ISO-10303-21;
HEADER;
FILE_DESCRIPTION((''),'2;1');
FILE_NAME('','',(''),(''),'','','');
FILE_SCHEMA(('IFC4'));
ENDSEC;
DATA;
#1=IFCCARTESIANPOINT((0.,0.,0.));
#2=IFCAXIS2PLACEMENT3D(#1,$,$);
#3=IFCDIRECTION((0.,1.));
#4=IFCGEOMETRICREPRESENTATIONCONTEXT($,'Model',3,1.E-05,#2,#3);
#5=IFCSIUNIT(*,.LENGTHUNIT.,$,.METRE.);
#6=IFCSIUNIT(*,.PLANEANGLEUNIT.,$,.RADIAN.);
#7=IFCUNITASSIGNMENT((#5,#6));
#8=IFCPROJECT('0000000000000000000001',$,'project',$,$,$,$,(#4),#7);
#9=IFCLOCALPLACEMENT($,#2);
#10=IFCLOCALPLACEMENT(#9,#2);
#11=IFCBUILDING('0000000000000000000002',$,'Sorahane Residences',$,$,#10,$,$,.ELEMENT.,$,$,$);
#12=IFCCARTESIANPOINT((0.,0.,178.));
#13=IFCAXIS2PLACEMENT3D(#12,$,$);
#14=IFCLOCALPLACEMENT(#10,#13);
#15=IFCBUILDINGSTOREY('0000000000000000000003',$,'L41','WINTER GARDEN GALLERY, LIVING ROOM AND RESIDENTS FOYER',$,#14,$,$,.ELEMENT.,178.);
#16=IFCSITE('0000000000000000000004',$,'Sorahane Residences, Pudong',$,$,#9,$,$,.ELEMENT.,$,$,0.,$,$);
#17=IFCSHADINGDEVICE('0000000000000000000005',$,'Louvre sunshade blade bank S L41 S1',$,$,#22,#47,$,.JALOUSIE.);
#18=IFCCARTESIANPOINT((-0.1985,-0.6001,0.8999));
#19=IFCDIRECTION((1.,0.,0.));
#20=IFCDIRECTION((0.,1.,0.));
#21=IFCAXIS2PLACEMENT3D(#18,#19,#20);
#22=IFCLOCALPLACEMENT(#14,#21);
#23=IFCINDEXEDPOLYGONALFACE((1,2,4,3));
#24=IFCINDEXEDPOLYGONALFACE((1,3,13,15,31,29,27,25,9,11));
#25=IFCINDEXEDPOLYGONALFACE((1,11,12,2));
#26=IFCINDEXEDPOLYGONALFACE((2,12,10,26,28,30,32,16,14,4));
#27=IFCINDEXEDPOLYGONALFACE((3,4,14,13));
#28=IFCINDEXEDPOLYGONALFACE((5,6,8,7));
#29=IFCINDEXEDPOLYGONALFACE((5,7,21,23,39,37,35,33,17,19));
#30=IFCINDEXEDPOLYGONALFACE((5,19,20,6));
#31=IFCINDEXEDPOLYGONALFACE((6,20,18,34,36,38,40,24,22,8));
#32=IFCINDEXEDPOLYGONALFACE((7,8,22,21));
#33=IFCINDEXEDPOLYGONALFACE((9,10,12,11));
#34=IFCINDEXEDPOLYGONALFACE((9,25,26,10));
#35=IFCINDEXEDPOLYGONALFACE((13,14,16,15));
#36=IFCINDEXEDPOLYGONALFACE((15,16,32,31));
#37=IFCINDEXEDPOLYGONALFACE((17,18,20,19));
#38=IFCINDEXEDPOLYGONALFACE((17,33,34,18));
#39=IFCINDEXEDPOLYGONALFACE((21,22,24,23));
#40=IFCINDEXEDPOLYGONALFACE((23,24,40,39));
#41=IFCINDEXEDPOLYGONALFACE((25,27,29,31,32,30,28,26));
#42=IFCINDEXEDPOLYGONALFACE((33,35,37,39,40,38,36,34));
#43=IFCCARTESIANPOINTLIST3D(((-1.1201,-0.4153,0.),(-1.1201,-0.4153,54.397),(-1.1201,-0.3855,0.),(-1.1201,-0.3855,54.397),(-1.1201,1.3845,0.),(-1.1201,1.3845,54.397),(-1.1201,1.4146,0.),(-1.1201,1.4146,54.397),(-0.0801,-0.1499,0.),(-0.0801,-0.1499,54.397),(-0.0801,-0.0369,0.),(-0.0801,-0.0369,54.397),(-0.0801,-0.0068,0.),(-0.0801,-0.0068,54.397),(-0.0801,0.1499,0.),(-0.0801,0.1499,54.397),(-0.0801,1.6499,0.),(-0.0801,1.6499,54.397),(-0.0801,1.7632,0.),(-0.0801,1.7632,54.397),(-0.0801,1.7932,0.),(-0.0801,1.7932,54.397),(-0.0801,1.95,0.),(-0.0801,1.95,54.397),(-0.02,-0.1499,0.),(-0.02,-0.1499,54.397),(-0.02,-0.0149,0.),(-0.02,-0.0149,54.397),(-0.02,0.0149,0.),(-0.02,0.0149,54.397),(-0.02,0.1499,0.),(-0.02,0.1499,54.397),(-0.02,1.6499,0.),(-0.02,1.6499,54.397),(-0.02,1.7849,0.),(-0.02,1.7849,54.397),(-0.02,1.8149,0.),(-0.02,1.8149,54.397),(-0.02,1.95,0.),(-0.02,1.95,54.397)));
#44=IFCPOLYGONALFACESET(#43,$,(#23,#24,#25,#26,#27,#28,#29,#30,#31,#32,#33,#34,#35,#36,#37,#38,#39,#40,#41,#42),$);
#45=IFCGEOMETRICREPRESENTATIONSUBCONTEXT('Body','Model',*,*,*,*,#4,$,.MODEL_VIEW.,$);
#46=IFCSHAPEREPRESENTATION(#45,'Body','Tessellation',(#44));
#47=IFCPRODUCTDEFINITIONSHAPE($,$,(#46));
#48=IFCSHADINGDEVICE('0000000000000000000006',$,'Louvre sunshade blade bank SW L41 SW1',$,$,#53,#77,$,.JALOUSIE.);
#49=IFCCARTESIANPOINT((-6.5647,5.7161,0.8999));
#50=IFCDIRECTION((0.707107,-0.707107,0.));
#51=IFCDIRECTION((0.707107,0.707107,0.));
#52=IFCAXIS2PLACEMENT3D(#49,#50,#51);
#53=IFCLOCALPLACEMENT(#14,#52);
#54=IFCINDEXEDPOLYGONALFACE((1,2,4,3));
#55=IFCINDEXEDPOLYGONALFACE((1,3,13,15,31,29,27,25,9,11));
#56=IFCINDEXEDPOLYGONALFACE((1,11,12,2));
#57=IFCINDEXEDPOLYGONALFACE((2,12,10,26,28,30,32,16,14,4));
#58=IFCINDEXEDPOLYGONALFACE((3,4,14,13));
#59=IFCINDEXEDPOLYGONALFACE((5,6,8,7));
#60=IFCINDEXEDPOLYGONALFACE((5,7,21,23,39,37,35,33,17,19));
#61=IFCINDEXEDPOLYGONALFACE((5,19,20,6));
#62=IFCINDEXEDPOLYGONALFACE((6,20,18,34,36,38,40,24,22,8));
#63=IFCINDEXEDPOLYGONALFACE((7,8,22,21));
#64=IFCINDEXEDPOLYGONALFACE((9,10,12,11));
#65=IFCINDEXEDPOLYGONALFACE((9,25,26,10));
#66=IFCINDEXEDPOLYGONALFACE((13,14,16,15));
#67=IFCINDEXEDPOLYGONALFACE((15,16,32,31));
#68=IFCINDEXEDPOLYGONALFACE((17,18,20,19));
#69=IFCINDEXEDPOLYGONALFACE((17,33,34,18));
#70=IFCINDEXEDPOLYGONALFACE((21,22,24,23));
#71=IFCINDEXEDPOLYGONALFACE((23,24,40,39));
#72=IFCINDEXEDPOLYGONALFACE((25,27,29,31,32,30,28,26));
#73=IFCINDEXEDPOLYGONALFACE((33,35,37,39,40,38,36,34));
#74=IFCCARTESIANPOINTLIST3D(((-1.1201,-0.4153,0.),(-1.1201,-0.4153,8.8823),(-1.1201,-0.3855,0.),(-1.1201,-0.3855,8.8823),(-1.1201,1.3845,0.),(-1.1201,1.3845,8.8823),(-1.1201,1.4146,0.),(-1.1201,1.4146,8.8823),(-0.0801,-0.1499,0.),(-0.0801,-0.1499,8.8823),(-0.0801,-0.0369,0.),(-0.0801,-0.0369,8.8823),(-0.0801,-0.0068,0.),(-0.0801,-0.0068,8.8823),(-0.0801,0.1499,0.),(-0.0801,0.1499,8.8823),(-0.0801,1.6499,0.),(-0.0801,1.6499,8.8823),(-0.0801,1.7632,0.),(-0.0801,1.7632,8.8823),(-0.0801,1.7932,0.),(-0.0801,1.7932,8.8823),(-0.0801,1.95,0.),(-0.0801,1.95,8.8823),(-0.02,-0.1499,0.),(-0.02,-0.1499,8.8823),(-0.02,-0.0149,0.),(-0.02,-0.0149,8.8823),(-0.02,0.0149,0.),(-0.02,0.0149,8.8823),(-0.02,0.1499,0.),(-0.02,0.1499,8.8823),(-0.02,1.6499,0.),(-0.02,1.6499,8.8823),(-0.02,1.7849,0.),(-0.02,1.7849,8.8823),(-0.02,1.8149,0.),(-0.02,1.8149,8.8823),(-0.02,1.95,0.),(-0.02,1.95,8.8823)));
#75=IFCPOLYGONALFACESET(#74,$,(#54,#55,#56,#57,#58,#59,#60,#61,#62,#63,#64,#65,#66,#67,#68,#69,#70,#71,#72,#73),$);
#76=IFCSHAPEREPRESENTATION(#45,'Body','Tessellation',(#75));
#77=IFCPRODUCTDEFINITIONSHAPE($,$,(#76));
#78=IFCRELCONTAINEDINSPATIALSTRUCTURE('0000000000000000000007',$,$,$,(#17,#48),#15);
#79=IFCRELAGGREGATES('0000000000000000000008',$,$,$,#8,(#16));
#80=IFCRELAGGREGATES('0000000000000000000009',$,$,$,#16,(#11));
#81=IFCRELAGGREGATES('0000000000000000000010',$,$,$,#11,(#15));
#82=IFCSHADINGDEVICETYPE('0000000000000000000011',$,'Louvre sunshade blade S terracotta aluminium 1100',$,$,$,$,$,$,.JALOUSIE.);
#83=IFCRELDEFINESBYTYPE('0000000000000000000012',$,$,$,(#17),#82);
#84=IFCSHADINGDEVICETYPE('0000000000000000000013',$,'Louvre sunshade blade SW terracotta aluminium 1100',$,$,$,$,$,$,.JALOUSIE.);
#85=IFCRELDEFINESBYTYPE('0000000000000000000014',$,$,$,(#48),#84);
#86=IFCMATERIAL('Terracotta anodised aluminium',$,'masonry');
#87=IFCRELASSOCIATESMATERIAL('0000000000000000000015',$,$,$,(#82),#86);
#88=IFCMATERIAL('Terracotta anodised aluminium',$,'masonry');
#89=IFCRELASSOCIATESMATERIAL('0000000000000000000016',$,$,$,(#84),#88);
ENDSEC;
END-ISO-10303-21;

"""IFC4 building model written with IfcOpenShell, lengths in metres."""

from ifc_helpers import new_model, si_unit, direction, frame, origin, place, context, subcontext, project, spatial, polyline, outline, composite_profile, extrude, material, type_object, element, save


model = new_model("IFC4")

# Units and contexts
model_context = context("Model", 3, precision=1e-05, world=origin(), true_north=direction((0.0, 1.0)))
body_context = subcontext(model_context, "Body", "Model", "MODEL_VIEW")
ifc_project = project(units=[si_unit("LENGTHUNIT", "METRE"), si_unit("PLANEANGLEUNIT", "RADIAN")], contexts=[model_context])

# Site, building, storey
site_placement = place(None, origin())
site = spatial("IfcSite", under=ifc_project, at=site_placement, Name="Sorahane Residences, Pudong", CompositionType="ELEMENT", RefElevation=0.0)
building_placement = place(site_placement, origin())
building = spatial("IfcBuilding", under=site, at=building_placement, Name="Sorahane Residences", CompositionType="ELEMENT")
storey_placement = place(building_placement, frame((0.0, 0.0, 178.0)))
storey = spatial("IfcBuildingStorey", under=building, at=storey_placement, Name="L41", Description="WINTER GARDEN GALLERY, LIVING ROOM AND RESIDENTS FOYER", CompositionType="ELEMENT", Elevation=178.0)

# Shading devices
ifc_material_1 = material(Name="Terracotta anodised aluminium", Category="masonry")
shading_device_type_1 = type_object("IfcShadingDeviceType", Name="Louvre sunshade blade S terracotta aluminium 1100", PredefinedType="JALOUSIE", material=ifc_material_1)
shading_device_1_placement = place(storey_placement, frame((-0.1985, -0.6001, 0.8999), z_axis=(1.0, 0.0, 0.0), x_axis=(0.0, 1.0, 0.0)))
element("IfcShadingDevice", 1, at=shading_device_1_placement, inside=storey, type_object=shading_device_type_1, Name="Louvre sunshade blade bank S L41 S1", PredefinedType="JALOUSIE", context=body_context, shape_type="SweptSolid", body=[
    extrude(composite_profile([outline(polyline([(-1.1201, -0.3855), (-1.1201, -0.4153), (-0.0801, -0.0369), (-0.0801, -0.1499), (-0.02, -0.1499), (-0.02, -0.0149), (-0.02, 0.0149), (-0.02, 0.1499), (-0.0801, 0.1499), (-0.0801, -0.0068), (-1.1201, -0.3855)])), outline(polyline([(-1.1201, 1.4146), (-1.1201, 1.3845), (-0.0801, 1.7632), (-0.0801, 1.6499), (-0.02, 1.6499), (-0.02, 1.7849), (-0.02, 1.8149), (-0.02, 1.95), (-0.0801, 1.95), (-0.0801, 1.7932), (-1.1201, 1.4146)]))]), origin(), (0.0, 0.0, 1.0), 54.397),
])
ifc_material_2 = material(Name="Terracotta anodised aluminium", Category="masonry")
shading_device_type_2 = type_object("IfcShadingDeviceType", Name="Louvre sunshade blade SW terracotta aluminium 1100", PredefinedType="JALOUSIE", material=ifc_material_2)
shading_device_2_placement = place(storey_placement, frame((-6.5647, 5.7161, 0.8999), z_axis=(0.707107, -0.707107, 0.0), x_axis=(0.707107, 0.707107, 0.0)))
element("IfcShadingDevice", 2, at=shading_device_2_placement, inside=storey, type_object=shading_device_type_2, Name="Louvre sunshade blade bank SW L41 SW1", PredefinedType="JALOUSIE", context=body_context, shape_type="SweptSolid", body=[
    extrude(composite_profile([outline(polyline([(-1.1201, -0.3855), (-1.1201, -0.4153), (-0.0801, -0.0369), (-0.0801, -0.1499), (-0.02, -0.1499), (-0.02, -0.0149), (-0.02, 0.0149), (-0.02, 0.1499), (-0.0801, 0.1499), (-0.0801, -0.0068), (-1.1201, -0.3855)])), outline(polyline([(-1.1201, 1.4146), (-1.1201, 1.3845), (-0.0801, 1.7632), (-0.0801, 1.6499), (-0.02, 1.6499), (-0.02, 1.7849), (-0.02, 1.8149), (-0.02, 1.95), (-0.0801, 1.95), (-0.0801, 1.7932), (-1.1201, 1.4146)]))]), origin(), (0.0, 0.0, 1.0), 8.8823),
])

save(model, "model.ifc")
